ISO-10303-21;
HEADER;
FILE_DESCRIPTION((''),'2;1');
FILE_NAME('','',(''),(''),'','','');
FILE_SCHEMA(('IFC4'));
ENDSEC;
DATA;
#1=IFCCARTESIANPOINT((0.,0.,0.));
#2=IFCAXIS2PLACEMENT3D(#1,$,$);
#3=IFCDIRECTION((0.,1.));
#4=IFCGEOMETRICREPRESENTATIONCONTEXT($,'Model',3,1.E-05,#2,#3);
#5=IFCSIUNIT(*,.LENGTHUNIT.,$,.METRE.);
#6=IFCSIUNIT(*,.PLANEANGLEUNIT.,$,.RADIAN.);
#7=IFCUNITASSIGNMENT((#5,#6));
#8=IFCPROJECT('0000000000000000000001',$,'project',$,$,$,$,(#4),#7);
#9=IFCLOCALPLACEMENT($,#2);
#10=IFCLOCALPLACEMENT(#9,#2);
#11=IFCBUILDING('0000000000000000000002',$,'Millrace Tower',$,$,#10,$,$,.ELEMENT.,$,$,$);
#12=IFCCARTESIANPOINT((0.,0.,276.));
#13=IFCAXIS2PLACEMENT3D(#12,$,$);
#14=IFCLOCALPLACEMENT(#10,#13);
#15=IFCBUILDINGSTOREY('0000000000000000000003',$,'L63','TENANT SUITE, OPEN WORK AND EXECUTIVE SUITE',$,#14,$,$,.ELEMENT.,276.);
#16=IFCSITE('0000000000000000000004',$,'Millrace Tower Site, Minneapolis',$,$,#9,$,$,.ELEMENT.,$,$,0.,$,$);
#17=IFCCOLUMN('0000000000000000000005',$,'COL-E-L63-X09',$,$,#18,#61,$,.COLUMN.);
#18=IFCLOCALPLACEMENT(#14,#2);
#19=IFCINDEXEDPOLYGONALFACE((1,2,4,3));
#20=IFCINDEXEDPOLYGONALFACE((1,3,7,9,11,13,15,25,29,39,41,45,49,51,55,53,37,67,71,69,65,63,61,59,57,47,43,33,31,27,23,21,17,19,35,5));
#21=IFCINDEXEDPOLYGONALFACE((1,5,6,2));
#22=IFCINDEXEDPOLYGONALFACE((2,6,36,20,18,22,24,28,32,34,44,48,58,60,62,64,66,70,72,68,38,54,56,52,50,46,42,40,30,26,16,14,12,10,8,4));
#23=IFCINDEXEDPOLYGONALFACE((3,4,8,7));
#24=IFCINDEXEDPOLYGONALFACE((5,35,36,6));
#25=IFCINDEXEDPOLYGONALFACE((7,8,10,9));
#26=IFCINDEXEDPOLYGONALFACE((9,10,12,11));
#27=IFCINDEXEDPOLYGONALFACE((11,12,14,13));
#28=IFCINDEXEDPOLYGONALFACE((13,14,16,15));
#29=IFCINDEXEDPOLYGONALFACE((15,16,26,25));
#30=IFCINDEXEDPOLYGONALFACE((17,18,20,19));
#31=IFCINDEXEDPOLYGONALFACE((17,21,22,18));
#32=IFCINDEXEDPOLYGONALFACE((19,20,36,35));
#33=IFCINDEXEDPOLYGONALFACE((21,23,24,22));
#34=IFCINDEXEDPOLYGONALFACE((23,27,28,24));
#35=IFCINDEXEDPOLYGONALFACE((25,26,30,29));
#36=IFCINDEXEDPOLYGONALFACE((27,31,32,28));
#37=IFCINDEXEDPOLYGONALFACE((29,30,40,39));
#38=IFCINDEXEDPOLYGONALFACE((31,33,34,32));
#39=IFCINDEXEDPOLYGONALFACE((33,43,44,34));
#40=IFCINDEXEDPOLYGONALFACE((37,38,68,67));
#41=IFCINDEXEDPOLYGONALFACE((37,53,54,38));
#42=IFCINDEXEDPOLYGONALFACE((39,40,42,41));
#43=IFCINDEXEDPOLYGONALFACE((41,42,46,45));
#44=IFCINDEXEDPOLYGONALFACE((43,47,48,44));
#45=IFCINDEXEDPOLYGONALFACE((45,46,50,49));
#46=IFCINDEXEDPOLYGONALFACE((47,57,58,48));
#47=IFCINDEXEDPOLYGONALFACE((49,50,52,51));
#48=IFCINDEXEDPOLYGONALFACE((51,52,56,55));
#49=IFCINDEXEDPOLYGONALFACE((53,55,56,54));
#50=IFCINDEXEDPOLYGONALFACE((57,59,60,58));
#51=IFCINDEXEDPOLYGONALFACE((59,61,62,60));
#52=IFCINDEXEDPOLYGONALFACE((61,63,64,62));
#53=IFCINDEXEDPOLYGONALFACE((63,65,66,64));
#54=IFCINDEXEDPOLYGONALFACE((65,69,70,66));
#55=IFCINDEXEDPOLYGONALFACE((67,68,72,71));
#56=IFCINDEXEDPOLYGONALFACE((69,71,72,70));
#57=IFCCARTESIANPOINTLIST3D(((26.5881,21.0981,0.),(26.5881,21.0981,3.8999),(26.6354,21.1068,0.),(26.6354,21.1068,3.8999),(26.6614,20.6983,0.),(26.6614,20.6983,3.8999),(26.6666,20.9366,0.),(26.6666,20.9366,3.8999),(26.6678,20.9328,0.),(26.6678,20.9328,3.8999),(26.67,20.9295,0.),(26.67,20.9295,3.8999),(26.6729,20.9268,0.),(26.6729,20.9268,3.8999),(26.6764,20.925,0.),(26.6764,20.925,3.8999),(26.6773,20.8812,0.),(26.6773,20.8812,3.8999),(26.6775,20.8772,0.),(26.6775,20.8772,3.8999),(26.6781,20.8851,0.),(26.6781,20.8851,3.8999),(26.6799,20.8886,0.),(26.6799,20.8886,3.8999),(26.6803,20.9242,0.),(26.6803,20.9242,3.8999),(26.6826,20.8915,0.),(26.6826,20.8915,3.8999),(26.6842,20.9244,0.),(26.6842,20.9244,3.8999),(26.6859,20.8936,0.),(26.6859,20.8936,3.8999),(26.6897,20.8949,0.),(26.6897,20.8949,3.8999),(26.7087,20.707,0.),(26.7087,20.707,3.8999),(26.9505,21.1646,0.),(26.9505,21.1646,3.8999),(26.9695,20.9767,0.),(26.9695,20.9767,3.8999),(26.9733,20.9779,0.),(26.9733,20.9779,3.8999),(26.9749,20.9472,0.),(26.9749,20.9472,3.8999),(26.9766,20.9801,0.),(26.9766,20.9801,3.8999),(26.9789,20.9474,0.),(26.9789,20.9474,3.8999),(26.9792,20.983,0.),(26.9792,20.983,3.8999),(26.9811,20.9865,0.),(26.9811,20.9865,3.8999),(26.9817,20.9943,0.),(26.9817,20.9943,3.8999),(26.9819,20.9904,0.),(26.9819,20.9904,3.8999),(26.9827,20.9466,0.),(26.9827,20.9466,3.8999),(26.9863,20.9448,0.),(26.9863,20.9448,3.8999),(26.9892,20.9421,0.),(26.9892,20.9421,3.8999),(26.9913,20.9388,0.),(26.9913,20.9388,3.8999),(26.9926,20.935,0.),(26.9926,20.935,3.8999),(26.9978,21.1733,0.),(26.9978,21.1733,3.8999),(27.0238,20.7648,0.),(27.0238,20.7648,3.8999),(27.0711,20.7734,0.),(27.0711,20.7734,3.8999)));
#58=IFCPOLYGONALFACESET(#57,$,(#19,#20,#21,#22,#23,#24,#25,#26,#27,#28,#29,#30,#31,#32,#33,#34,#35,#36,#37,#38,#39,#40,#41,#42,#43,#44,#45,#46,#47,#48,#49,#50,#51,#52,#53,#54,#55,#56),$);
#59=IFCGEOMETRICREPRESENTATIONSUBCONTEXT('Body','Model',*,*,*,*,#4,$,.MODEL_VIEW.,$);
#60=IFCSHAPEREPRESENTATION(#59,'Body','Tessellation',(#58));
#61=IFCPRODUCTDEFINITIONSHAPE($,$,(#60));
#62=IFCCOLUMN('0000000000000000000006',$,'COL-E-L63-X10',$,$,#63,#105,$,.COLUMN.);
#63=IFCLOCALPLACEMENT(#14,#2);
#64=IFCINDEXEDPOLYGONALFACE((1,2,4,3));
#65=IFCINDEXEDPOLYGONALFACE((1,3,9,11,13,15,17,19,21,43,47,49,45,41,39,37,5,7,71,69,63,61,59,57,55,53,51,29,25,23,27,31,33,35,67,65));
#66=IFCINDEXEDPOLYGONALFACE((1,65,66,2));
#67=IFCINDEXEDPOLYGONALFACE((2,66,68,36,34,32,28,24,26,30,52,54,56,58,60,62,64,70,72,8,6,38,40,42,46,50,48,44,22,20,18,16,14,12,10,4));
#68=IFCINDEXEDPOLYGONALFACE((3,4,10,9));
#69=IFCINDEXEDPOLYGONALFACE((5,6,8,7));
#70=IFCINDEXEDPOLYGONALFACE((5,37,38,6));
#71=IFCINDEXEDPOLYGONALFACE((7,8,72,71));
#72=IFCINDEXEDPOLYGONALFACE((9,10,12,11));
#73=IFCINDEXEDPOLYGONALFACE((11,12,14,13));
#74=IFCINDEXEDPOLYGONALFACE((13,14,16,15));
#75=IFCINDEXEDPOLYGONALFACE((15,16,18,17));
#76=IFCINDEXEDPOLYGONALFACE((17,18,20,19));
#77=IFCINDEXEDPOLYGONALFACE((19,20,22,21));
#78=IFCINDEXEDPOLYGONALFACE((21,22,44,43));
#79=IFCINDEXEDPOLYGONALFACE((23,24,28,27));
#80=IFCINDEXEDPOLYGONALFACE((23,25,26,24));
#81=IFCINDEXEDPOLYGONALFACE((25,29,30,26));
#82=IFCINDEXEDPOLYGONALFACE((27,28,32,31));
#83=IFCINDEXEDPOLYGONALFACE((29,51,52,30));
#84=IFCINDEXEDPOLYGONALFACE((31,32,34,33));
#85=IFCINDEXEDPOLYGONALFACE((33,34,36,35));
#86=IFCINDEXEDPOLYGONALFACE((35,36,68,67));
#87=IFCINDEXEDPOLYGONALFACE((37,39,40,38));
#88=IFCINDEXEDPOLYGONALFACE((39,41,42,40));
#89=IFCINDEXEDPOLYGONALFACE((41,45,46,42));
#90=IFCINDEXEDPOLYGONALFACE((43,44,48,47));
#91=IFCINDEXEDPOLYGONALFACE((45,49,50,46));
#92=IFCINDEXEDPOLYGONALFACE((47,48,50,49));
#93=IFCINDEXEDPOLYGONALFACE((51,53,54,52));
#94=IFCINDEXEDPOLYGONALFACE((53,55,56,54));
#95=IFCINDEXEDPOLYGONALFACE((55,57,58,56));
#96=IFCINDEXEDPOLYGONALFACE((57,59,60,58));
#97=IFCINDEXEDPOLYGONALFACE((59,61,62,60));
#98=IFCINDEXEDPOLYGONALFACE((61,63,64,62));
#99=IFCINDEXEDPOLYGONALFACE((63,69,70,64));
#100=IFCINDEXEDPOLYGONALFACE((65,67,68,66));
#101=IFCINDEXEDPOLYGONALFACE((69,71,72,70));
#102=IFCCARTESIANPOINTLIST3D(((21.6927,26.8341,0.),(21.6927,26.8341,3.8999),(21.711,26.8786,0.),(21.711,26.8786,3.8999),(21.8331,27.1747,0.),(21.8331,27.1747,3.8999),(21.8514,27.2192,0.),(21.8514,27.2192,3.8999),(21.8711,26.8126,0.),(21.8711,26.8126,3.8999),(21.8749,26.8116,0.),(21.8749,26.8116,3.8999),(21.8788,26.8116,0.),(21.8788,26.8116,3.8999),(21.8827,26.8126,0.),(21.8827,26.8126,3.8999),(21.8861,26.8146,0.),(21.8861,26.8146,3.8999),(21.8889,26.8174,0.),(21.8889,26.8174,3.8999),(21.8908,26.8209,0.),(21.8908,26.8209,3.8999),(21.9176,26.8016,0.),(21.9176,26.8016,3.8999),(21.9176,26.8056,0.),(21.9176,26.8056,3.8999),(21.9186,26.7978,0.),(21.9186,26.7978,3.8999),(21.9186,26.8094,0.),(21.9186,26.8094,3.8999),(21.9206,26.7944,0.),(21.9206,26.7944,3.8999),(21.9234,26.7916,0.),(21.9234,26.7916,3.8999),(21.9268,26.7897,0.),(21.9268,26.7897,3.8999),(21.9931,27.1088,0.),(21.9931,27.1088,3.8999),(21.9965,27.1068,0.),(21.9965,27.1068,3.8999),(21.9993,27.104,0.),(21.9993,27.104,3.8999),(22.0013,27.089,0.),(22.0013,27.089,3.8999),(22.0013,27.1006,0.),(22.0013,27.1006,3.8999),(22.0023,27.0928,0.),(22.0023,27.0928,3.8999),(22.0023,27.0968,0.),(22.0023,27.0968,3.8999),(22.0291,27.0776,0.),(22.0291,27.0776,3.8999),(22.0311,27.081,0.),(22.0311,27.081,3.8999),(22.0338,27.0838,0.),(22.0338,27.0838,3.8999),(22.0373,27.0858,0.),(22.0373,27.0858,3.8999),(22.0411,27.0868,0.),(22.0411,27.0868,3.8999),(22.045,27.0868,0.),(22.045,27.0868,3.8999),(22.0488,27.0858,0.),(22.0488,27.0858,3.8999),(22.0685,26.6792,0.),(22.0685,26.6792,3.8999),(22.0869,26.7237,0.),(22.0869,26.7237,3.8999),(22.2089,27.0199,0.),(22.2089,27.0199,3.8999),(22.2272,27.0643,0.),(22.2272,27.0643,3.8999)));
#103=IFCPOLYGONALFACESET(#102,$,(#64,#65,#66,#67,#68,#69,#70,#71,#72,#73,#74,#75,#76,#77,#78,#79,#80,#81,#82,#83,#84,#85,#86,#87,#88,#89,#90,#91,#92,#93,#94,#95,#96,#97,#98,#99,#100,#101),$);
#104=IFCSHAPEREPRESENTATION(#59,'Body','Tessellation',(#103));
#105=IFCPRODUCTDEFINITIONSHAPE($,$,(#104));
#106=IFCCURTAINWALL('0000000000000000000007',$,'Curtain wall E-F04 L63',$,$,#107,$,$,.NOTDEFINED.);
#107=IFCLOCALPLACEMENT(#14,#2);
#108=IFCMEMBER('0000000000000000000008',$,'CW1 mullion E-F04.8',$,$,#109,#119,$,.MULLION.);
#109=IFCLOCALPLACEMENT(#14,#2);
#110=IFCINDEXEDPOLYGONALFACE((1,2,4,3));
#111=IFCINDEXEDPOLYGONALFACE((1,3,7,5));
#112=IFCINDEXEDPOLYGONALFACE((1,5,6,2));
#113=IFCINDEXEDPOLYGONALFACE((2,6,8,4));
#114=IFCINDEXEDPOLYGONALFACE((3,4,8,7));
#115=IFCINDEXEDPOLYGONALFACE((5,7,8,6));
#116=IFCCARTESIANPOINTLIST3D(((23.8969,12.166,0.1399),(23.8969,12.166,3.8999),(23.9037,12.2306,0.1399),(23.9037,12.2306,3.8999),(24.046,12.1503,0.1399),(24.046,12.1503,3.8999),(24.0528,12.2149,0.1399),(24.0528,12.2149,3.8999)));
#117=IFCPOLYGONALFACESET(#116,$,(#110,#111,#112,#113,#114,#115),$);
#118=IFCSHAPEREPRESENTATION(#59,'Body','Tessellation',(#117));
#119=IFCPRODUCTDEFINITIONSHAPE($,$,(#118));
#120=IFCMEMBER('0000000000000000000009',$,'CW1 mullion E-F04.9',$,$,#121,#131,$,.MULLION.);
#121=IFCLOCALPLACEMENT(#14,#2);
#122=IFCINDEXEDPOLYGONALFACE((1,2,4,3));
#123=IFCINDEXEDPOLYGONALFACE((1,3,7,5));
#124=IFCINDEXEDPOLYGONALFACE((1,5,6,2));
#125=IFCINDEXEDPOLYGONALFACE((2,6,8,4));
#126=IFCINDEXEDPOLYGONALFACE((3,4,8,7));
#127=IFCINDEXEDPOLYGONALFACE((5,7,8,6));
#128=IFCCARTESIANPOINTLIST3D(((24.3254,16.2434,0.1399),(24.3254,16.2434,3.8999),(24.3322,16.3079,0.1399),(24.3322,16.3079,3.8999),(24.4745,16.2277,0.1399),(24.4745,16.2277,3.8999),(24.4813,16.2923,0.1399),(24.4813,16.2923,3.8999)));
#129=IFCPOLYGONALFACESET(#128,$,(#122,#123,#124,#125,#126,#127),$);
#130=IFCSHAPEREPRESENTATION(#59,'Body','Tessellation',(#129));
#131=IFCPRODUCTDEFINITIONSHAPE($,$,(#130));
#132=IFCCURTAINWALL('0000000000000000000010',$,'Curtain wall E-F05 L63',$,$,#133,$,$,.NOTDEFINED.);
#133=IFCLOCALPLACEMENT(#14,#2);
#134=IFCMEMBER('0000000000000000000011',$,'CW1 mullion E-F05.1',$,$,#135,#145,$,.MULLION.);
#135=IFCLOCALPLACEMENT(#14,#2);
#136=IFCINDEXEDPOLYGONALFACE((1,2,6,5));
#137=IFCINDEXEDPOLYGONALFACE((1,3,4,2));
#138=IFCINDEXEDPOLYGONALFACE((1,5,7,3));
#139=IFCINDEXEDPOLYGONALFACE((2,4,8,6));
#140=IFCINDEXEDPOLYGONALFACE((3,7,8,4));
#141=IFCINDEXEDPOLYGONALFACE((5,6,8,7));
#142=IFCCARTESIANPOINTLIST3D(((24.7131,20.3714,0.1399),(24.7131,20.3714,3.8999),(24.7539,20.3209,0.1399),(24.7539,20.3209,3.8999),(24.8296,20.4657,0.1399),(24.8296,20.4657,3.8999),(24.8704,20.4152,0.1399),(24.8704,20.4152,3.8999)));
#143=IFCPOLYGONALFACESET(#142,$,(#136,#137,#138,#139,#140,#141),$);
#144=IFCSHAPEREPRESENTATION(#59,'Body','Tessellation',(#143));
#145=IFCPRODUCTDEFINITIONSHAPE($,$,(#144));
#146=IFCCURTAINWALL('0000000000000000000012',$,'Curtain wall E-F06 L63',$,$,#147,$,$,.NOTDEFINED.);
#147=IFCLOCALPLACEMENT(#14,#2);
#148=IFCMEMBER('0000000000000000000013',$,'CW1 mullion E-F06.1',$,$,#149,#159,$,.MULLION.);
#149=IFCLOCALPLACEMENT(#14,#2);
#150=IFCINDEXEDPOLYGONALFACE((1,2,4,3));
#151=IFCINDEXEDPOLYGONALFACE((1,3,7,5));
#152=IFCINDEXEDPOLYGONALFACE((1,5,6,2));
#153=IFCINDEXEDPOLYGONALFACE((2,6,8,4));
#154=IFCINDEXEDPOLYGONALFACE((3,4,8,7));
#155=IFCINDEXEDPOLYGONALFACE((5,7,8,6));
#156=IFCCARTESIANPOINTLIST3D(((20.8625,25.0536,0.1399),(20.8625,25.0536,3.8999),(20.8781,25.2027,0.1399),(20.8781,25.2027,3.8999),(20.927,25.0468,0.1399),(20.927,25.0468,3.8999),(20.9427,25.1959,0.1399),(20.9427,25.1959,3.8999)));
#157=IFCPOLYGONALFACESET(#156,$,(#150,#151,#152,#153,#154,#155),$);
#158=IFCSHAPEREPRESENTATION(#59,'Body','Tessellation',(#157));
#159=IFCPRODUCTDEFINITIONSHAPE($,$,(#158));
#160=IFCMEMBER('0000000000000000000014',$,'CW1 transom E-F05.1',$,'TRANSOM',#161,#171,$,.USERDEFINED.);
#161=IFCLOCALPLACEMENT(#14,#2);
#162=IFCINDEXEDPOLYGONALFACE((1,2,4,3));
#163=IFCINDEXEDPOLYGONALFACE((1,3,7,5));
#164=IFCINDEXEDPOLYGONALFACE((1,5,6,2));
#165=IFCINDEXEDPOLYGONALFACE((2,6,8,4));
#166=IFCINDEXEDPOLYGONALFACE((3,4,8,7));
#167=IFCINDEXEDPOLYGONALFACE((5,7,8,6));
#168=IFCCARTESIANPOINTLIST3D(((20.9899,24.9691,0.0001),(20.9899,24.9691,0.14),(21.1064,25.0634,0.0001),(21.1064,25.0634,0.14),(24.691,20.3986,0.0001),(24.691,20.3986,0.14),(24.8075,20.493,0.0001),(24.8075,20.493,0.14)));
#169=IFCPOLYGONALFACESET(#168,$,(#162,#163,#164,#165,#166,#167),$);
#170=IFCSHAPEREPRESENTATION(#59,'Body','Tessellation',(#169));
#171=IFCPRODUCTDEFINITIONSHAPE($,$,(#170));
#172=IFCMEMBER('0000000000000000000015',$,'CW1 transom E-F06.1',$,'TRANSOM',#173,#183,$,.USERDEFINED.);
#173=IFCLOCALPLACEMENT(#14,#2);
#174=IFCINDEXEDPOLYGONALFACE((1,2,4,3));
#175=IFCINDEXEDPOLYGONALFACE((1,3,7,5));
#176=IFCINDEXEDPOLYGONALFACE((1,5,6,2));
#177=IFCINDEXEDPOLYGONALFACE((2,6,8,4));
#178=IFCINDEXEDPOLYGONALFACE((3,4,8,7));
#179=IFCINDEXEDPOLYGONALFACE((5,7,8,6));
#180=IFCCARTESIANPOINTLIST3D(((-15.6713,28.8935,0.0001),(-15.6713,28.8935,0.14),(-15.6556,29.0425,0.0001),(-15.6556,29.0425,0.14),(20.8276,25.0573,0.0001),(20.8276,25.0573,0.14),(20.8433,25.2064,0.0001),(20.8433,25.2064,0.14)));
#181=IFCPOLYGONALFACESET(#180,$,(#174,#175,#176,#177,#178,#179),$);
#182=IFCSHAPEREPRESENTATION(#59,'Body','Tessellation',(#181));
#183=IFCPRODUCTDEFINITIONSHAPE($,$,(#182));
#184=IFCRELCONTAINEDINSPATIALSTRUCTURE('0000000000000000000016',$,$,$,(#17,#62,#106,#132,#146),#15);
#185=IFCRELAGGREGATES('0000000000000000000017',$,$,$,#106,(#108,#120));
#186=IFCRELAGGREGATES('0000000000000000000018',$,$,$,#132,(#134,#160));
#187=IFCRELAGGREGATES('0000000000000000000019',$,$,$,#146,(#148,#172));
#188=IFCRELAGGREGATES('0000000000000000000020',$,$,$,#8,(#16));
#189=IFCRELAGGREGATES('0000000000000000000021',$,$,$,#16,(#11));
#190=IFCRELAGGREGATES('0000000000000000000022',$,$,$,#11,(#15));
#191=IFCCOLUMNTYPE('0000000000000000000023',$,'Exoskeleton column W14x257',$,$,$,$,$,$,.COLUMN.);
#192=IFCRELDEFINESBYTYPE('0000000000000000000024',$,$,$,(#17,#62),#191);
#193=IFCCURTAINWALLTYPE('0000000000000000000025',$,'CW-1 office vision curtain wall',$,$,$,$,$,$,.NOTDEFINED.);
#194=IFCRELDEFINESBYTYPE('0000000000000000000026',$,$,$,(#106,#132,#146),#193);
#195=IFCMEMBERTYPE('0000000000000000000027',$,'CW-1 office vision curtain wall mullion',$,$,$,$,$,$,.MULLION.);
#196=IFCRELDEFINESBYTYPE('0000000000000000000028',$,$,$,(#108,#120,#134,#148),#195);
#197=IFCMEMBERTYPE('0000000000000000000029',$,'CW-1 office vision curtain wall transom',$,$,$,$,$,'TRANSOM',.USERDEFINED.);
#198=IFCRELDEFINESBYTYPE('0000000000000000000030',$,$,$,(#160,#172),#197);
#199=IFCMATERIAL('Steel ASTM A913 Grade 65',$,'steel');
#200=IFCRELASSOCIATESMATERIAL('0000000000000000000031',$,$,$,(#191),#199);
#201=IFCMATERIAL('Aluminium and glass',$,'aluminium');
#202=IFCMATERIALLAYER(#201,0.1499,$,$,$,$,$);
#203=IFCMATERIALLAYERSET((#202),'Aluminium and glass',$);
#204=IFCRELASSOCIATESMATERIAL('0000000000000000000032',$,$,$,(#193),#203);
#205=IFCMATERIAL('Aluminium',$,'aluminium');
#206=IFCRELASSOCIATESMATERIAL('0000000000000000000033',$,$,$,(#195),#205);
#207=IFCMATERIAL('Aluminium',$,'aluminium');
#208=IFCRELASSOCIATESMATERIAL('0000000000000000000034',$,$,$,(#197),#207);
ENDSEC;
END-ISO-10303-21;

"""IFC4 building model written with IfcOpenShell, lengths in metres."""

from ifc_helpers import new_model, si_unit, direction, frame, origin, origin_2d, place, context, subcontext, project, spatial, rectangle, i_section, extrude, material, layer, layer_set, material_profile, profile_set, type_object, element, aggregate, save


model = new_model("IFC4")

# Units and contexts
model_context = context("Model", 3, precision=1e-05, world=origin(), true_north=direction((0.0, 1.0)))
body_context = subcontext(model_context, "Body", "Model", "MODEL_VIEW")
ifc_project = project(units=[si_unit("LENGTHUNIT", "METRE"), si_unit("PLANEANGLEUNIT", "RADIAN")], contexts=[model_context])

# Site, building, storey
site_placement = place(None, origin())
site = spatial("IfcSite", under=ifc_project, at=site_placement, Name="Millrace Tower Site, Minneapolis", CompositionType="ELEMENT", RefElevation=0.0)
building_placement = place(site_placement, origin())
building = spatial("IfcBuilding", under=site, at=building_placement, Name="Millrace Tower", CompositionType="ELEMENT")
storey_placement = place(building_placement, frame((0.0, 0.0, 276.0)))
storey = spatial("IfcBuildingStorey", under=building, at=storey_placement, Name="L63", Description="TENANT SUITE, OPEN WORK AND EXECUTIVE SUITE", CompositionType="ELEMENT", Elevation=276.0)

# Columns
ifc_material_1 = material(Name="Steel ASTM A913 Grade 65", Category="steel")
ifc_material_profile_1 = material_profile(ifc_material_1, i_section(OverallWidth=0.4065, OverallDepth=0.4165, WebThickness=0.03, FlangeThickness=0.0481, FilletRadius=0.0151, at=origin_2d()))
ifc_profile_set_1 = profile_set([ifc_material_profile_1], Name="Steel ASTM A913 Grade 65")
column_type = type_object("IfcColumnType", Name="Exoskeleton column W14x257", PredefinedType="COLUMN", material=ifc_profile_set_1)
for number, where, z_axis, x_axis, name in (
    (1, (26.8296, 20.9358, 0.0), (0.0, 0.0, 1.0), (-0.180387, 0.983596, 0.0), "COL-E-L63-X09"),
    (2, (21.96, 26.9492, 0.0), (0.0, 0.0, 1.0), (-0.924597, 0.380947, 0.0), "COL-E-L63-X10"),
):
    element("IfcColumn", number, at=place(storey_placement, frame(where, z_axis=z_axis, x_axis=x_axis)), inside=storey, type_object=column_type, Name=name, PredefinedType="COLUMN", context=body_context, shape_type="SweptSolid", body=[
        extrude(i_section(OverallWidth=0.4065, OverallDepth=0.4165, WebThickness=0.03, FlangeThickness=0.0481, FilletRadius=0.0151, at=origin_2d()), origin(), (0.0, 0.0, 1.0), 3.8999),
    ])

# Curtain wall, members
ifc_material_2 = material(Name="Aluminium and glass", Category="aluminium")
ifc_layer_1 = layer(ifc_material_2, 0.1499)
ifc_layer_set_1 = layer_set([ifc_layer_1], Name="Aluminium and glass")
curtain_wall_type = type_object("IfcCurtainWallType", Name="CW-1 office vision curtain wall", PredefinedType="NOTDEFINED", material=ifc_layer_set_1)
placement = place(storey_placement, origin())
curtain_wall_1 = element("IfcCurtainWall", 3, at=placement, inside=storey, type_object=curtain_wall_type, Name="Curtain wall E-F04 L63", PredefinedType="NOTDEFINED")
ifc_material_3 = material(Name="Aluminium", Category="aluminium")
ifc_material_profile_2 = material_profile(ifc_material_3, rectangle(XDim=0.0649, YDim=0.1499, at=origin_2d()))
ifc_profile_set_2 = profile_set([ifc_material_profile_2], Name="Aluminium")
member_type_1 = type_object("IfcMemberType", Name="CW-1 office vision curtain wall mullion", PredefinedType="MULLION", material=ifc_profile_set_2)
member_1_placement = place(storey_placement, frame((23.9749, 12.1904, 0.1399), z_axis=(0.0, 0.0, 1.0), x_axis=(0.104528, 0.994522, 0.0)))
member_1 = element("IfcMember", 4, at=member_1_placement, type_object=member_type_1, Name="CW1 mullion E-F04.8", PredefinedType="MULLION", context=body_context, shape_type="SweptSolid", body=[
    extrude(rectangle(XDim=0.0649, YDim=0.1499, at=origin_2d()), origin(), (0.0, 0.0, 1.0), 3.76),
])
member_2_placement = place(storey_placement, frame((24.4033, 16.2678, 0.1399), z_axis=(0.0, 0.0, 1.0), x_axis=(0.104528, 0.994522, 0.0)))
member_2 = element("IfcMember", 5, at=member_2_placement, type_object=member_type_1, Name="CW1 mullion E-F04.9", PredefinedType="MULLION", context=body_context, shape_type="SweptSolid", body=[
    extrude(rectangle(XDim=0.0649, YDim=0.1499, at=origin_2d()), origin(), (0.0, 0.0, 1.0), 3.76),
])
aggregate(curtain_wall_1, [member_1, member_2])

# Curtain walls, members
curtain_wall_2 = element("IfcCurtainWall", 6, at=placement, inside=storey, type_object=curtain_wall_type, Name="Curtain wall E-F05 L63", PredefinedType="NOTDEFINED")
member_3_placement = place(storey_placement, frame((24.7917, 20.3933, 0.1399), z_axis=(0.0, 0.0, 1.0), x_axis=(-0.62932, 0.777146, 0.0)))
member_3 = element("IfcMember", 7, at=member_3_placement, type_object=member_type_1, Name="CW1 mullion E-F05.1", PredefinedType="MULLION", context=body_context, shape_type="SweptSolid", body=[
    extrude(rectangle(XDim=0.0649, YDim=0.1499, at=origin_2d()), origin(), (0.0, 0.0, 1.0), 3.76),
])
curtain_wall_3 = element("IfcCurtainWall", 8, at=placement, inside=storey, type_object=curtain_wall_type, Name="Curtain wall E-F06 L63", PredefinedType="NOTDEFINED")
member_4_placement = place(storey_placement, frame((20.9026, 25.1248, 0.1399), z_axis=(0.0, 0.0, 1.0), x_axis=(-0.994522, 0.104528, 0.0)))
member_4 = element("IfcMember", 9, at=member_4_placement, type_object=member_type_1, Name="CW1 mullion E-F06.1", PredefinedType="MULLION", context=body_context, shape_type="SweptSolid", body=[
    extrude(rectangle(XDim=0.0649, YDim=0.1499, at=origin_2d()), origin(), (0.0, 0.0, 1.0), 3.76),
])

# Members
ifc_material_4 = material(Name="Aluminium", Category="aluminium")
ifc_material_profile_3 = material_profile(ifc_material_4, rectangle(XDim=0.1499, YDim=0.1399, at=origin_2d()))
ifc_profile_set_3 = profile_set([ifc_material_profile_3], Name="Aluminium")
member_type_2 = type_object("IfcMemberType", Name="CW-1 office vision curtain wall transom", ElementType="TRANSOM", PredefinedType="USERDEFINED", material=ifc_profile_set_3)
member_5_placement = place(storey_placement, frame((24.7493, 20.4458, 0.0701), z_axis=(-0.629321, 0.777145, 0.0), x_axis=(-0.777145, -0.629321, 0.0)))
member_5 = element("IfcMember", 10, at=member_5_placement, type_object=member_type_2, Name="CW1 transom E-F05.1", ObjectType="TRANSOM", PredefinedType="USERDEFINED", context=body_context, shape_type="SweptSolid", body=[
    extrude(rectangle(XDim=0.1499, YDim=0.1399, at=origin_2d()), origin(), (0.0, 0.0, 1.0), 5.8811),
])
aggregate(curtain_wall_2, [member_3, member_5])
member_6_placement = place(storey_placement, frame((20.8354, 25.1318, 0.0701), z_axis=(-0.994522, 0.104528, 0.0), x_axis=(-0.104528, -0.994522, 0.0)))
member_6 = element("IfcMember", 11, at=member_6_placement, type_object=member_type_2, Name="CW1 transom E-F06.1", ObjectType="TRANSOM", PredefinedType="USERDEFINED", context=body_context, shape_type="SweptSolid", body=[
    extrude(rectangle(XDim=0.1499, YDim=0.1399, at=origin_2d()), origin(), (0.0, 0.0, 1.0), 36.7),
])
aggregate(curtain_wall_3, [member_4, member_6])

save(model, "model.ifc")
